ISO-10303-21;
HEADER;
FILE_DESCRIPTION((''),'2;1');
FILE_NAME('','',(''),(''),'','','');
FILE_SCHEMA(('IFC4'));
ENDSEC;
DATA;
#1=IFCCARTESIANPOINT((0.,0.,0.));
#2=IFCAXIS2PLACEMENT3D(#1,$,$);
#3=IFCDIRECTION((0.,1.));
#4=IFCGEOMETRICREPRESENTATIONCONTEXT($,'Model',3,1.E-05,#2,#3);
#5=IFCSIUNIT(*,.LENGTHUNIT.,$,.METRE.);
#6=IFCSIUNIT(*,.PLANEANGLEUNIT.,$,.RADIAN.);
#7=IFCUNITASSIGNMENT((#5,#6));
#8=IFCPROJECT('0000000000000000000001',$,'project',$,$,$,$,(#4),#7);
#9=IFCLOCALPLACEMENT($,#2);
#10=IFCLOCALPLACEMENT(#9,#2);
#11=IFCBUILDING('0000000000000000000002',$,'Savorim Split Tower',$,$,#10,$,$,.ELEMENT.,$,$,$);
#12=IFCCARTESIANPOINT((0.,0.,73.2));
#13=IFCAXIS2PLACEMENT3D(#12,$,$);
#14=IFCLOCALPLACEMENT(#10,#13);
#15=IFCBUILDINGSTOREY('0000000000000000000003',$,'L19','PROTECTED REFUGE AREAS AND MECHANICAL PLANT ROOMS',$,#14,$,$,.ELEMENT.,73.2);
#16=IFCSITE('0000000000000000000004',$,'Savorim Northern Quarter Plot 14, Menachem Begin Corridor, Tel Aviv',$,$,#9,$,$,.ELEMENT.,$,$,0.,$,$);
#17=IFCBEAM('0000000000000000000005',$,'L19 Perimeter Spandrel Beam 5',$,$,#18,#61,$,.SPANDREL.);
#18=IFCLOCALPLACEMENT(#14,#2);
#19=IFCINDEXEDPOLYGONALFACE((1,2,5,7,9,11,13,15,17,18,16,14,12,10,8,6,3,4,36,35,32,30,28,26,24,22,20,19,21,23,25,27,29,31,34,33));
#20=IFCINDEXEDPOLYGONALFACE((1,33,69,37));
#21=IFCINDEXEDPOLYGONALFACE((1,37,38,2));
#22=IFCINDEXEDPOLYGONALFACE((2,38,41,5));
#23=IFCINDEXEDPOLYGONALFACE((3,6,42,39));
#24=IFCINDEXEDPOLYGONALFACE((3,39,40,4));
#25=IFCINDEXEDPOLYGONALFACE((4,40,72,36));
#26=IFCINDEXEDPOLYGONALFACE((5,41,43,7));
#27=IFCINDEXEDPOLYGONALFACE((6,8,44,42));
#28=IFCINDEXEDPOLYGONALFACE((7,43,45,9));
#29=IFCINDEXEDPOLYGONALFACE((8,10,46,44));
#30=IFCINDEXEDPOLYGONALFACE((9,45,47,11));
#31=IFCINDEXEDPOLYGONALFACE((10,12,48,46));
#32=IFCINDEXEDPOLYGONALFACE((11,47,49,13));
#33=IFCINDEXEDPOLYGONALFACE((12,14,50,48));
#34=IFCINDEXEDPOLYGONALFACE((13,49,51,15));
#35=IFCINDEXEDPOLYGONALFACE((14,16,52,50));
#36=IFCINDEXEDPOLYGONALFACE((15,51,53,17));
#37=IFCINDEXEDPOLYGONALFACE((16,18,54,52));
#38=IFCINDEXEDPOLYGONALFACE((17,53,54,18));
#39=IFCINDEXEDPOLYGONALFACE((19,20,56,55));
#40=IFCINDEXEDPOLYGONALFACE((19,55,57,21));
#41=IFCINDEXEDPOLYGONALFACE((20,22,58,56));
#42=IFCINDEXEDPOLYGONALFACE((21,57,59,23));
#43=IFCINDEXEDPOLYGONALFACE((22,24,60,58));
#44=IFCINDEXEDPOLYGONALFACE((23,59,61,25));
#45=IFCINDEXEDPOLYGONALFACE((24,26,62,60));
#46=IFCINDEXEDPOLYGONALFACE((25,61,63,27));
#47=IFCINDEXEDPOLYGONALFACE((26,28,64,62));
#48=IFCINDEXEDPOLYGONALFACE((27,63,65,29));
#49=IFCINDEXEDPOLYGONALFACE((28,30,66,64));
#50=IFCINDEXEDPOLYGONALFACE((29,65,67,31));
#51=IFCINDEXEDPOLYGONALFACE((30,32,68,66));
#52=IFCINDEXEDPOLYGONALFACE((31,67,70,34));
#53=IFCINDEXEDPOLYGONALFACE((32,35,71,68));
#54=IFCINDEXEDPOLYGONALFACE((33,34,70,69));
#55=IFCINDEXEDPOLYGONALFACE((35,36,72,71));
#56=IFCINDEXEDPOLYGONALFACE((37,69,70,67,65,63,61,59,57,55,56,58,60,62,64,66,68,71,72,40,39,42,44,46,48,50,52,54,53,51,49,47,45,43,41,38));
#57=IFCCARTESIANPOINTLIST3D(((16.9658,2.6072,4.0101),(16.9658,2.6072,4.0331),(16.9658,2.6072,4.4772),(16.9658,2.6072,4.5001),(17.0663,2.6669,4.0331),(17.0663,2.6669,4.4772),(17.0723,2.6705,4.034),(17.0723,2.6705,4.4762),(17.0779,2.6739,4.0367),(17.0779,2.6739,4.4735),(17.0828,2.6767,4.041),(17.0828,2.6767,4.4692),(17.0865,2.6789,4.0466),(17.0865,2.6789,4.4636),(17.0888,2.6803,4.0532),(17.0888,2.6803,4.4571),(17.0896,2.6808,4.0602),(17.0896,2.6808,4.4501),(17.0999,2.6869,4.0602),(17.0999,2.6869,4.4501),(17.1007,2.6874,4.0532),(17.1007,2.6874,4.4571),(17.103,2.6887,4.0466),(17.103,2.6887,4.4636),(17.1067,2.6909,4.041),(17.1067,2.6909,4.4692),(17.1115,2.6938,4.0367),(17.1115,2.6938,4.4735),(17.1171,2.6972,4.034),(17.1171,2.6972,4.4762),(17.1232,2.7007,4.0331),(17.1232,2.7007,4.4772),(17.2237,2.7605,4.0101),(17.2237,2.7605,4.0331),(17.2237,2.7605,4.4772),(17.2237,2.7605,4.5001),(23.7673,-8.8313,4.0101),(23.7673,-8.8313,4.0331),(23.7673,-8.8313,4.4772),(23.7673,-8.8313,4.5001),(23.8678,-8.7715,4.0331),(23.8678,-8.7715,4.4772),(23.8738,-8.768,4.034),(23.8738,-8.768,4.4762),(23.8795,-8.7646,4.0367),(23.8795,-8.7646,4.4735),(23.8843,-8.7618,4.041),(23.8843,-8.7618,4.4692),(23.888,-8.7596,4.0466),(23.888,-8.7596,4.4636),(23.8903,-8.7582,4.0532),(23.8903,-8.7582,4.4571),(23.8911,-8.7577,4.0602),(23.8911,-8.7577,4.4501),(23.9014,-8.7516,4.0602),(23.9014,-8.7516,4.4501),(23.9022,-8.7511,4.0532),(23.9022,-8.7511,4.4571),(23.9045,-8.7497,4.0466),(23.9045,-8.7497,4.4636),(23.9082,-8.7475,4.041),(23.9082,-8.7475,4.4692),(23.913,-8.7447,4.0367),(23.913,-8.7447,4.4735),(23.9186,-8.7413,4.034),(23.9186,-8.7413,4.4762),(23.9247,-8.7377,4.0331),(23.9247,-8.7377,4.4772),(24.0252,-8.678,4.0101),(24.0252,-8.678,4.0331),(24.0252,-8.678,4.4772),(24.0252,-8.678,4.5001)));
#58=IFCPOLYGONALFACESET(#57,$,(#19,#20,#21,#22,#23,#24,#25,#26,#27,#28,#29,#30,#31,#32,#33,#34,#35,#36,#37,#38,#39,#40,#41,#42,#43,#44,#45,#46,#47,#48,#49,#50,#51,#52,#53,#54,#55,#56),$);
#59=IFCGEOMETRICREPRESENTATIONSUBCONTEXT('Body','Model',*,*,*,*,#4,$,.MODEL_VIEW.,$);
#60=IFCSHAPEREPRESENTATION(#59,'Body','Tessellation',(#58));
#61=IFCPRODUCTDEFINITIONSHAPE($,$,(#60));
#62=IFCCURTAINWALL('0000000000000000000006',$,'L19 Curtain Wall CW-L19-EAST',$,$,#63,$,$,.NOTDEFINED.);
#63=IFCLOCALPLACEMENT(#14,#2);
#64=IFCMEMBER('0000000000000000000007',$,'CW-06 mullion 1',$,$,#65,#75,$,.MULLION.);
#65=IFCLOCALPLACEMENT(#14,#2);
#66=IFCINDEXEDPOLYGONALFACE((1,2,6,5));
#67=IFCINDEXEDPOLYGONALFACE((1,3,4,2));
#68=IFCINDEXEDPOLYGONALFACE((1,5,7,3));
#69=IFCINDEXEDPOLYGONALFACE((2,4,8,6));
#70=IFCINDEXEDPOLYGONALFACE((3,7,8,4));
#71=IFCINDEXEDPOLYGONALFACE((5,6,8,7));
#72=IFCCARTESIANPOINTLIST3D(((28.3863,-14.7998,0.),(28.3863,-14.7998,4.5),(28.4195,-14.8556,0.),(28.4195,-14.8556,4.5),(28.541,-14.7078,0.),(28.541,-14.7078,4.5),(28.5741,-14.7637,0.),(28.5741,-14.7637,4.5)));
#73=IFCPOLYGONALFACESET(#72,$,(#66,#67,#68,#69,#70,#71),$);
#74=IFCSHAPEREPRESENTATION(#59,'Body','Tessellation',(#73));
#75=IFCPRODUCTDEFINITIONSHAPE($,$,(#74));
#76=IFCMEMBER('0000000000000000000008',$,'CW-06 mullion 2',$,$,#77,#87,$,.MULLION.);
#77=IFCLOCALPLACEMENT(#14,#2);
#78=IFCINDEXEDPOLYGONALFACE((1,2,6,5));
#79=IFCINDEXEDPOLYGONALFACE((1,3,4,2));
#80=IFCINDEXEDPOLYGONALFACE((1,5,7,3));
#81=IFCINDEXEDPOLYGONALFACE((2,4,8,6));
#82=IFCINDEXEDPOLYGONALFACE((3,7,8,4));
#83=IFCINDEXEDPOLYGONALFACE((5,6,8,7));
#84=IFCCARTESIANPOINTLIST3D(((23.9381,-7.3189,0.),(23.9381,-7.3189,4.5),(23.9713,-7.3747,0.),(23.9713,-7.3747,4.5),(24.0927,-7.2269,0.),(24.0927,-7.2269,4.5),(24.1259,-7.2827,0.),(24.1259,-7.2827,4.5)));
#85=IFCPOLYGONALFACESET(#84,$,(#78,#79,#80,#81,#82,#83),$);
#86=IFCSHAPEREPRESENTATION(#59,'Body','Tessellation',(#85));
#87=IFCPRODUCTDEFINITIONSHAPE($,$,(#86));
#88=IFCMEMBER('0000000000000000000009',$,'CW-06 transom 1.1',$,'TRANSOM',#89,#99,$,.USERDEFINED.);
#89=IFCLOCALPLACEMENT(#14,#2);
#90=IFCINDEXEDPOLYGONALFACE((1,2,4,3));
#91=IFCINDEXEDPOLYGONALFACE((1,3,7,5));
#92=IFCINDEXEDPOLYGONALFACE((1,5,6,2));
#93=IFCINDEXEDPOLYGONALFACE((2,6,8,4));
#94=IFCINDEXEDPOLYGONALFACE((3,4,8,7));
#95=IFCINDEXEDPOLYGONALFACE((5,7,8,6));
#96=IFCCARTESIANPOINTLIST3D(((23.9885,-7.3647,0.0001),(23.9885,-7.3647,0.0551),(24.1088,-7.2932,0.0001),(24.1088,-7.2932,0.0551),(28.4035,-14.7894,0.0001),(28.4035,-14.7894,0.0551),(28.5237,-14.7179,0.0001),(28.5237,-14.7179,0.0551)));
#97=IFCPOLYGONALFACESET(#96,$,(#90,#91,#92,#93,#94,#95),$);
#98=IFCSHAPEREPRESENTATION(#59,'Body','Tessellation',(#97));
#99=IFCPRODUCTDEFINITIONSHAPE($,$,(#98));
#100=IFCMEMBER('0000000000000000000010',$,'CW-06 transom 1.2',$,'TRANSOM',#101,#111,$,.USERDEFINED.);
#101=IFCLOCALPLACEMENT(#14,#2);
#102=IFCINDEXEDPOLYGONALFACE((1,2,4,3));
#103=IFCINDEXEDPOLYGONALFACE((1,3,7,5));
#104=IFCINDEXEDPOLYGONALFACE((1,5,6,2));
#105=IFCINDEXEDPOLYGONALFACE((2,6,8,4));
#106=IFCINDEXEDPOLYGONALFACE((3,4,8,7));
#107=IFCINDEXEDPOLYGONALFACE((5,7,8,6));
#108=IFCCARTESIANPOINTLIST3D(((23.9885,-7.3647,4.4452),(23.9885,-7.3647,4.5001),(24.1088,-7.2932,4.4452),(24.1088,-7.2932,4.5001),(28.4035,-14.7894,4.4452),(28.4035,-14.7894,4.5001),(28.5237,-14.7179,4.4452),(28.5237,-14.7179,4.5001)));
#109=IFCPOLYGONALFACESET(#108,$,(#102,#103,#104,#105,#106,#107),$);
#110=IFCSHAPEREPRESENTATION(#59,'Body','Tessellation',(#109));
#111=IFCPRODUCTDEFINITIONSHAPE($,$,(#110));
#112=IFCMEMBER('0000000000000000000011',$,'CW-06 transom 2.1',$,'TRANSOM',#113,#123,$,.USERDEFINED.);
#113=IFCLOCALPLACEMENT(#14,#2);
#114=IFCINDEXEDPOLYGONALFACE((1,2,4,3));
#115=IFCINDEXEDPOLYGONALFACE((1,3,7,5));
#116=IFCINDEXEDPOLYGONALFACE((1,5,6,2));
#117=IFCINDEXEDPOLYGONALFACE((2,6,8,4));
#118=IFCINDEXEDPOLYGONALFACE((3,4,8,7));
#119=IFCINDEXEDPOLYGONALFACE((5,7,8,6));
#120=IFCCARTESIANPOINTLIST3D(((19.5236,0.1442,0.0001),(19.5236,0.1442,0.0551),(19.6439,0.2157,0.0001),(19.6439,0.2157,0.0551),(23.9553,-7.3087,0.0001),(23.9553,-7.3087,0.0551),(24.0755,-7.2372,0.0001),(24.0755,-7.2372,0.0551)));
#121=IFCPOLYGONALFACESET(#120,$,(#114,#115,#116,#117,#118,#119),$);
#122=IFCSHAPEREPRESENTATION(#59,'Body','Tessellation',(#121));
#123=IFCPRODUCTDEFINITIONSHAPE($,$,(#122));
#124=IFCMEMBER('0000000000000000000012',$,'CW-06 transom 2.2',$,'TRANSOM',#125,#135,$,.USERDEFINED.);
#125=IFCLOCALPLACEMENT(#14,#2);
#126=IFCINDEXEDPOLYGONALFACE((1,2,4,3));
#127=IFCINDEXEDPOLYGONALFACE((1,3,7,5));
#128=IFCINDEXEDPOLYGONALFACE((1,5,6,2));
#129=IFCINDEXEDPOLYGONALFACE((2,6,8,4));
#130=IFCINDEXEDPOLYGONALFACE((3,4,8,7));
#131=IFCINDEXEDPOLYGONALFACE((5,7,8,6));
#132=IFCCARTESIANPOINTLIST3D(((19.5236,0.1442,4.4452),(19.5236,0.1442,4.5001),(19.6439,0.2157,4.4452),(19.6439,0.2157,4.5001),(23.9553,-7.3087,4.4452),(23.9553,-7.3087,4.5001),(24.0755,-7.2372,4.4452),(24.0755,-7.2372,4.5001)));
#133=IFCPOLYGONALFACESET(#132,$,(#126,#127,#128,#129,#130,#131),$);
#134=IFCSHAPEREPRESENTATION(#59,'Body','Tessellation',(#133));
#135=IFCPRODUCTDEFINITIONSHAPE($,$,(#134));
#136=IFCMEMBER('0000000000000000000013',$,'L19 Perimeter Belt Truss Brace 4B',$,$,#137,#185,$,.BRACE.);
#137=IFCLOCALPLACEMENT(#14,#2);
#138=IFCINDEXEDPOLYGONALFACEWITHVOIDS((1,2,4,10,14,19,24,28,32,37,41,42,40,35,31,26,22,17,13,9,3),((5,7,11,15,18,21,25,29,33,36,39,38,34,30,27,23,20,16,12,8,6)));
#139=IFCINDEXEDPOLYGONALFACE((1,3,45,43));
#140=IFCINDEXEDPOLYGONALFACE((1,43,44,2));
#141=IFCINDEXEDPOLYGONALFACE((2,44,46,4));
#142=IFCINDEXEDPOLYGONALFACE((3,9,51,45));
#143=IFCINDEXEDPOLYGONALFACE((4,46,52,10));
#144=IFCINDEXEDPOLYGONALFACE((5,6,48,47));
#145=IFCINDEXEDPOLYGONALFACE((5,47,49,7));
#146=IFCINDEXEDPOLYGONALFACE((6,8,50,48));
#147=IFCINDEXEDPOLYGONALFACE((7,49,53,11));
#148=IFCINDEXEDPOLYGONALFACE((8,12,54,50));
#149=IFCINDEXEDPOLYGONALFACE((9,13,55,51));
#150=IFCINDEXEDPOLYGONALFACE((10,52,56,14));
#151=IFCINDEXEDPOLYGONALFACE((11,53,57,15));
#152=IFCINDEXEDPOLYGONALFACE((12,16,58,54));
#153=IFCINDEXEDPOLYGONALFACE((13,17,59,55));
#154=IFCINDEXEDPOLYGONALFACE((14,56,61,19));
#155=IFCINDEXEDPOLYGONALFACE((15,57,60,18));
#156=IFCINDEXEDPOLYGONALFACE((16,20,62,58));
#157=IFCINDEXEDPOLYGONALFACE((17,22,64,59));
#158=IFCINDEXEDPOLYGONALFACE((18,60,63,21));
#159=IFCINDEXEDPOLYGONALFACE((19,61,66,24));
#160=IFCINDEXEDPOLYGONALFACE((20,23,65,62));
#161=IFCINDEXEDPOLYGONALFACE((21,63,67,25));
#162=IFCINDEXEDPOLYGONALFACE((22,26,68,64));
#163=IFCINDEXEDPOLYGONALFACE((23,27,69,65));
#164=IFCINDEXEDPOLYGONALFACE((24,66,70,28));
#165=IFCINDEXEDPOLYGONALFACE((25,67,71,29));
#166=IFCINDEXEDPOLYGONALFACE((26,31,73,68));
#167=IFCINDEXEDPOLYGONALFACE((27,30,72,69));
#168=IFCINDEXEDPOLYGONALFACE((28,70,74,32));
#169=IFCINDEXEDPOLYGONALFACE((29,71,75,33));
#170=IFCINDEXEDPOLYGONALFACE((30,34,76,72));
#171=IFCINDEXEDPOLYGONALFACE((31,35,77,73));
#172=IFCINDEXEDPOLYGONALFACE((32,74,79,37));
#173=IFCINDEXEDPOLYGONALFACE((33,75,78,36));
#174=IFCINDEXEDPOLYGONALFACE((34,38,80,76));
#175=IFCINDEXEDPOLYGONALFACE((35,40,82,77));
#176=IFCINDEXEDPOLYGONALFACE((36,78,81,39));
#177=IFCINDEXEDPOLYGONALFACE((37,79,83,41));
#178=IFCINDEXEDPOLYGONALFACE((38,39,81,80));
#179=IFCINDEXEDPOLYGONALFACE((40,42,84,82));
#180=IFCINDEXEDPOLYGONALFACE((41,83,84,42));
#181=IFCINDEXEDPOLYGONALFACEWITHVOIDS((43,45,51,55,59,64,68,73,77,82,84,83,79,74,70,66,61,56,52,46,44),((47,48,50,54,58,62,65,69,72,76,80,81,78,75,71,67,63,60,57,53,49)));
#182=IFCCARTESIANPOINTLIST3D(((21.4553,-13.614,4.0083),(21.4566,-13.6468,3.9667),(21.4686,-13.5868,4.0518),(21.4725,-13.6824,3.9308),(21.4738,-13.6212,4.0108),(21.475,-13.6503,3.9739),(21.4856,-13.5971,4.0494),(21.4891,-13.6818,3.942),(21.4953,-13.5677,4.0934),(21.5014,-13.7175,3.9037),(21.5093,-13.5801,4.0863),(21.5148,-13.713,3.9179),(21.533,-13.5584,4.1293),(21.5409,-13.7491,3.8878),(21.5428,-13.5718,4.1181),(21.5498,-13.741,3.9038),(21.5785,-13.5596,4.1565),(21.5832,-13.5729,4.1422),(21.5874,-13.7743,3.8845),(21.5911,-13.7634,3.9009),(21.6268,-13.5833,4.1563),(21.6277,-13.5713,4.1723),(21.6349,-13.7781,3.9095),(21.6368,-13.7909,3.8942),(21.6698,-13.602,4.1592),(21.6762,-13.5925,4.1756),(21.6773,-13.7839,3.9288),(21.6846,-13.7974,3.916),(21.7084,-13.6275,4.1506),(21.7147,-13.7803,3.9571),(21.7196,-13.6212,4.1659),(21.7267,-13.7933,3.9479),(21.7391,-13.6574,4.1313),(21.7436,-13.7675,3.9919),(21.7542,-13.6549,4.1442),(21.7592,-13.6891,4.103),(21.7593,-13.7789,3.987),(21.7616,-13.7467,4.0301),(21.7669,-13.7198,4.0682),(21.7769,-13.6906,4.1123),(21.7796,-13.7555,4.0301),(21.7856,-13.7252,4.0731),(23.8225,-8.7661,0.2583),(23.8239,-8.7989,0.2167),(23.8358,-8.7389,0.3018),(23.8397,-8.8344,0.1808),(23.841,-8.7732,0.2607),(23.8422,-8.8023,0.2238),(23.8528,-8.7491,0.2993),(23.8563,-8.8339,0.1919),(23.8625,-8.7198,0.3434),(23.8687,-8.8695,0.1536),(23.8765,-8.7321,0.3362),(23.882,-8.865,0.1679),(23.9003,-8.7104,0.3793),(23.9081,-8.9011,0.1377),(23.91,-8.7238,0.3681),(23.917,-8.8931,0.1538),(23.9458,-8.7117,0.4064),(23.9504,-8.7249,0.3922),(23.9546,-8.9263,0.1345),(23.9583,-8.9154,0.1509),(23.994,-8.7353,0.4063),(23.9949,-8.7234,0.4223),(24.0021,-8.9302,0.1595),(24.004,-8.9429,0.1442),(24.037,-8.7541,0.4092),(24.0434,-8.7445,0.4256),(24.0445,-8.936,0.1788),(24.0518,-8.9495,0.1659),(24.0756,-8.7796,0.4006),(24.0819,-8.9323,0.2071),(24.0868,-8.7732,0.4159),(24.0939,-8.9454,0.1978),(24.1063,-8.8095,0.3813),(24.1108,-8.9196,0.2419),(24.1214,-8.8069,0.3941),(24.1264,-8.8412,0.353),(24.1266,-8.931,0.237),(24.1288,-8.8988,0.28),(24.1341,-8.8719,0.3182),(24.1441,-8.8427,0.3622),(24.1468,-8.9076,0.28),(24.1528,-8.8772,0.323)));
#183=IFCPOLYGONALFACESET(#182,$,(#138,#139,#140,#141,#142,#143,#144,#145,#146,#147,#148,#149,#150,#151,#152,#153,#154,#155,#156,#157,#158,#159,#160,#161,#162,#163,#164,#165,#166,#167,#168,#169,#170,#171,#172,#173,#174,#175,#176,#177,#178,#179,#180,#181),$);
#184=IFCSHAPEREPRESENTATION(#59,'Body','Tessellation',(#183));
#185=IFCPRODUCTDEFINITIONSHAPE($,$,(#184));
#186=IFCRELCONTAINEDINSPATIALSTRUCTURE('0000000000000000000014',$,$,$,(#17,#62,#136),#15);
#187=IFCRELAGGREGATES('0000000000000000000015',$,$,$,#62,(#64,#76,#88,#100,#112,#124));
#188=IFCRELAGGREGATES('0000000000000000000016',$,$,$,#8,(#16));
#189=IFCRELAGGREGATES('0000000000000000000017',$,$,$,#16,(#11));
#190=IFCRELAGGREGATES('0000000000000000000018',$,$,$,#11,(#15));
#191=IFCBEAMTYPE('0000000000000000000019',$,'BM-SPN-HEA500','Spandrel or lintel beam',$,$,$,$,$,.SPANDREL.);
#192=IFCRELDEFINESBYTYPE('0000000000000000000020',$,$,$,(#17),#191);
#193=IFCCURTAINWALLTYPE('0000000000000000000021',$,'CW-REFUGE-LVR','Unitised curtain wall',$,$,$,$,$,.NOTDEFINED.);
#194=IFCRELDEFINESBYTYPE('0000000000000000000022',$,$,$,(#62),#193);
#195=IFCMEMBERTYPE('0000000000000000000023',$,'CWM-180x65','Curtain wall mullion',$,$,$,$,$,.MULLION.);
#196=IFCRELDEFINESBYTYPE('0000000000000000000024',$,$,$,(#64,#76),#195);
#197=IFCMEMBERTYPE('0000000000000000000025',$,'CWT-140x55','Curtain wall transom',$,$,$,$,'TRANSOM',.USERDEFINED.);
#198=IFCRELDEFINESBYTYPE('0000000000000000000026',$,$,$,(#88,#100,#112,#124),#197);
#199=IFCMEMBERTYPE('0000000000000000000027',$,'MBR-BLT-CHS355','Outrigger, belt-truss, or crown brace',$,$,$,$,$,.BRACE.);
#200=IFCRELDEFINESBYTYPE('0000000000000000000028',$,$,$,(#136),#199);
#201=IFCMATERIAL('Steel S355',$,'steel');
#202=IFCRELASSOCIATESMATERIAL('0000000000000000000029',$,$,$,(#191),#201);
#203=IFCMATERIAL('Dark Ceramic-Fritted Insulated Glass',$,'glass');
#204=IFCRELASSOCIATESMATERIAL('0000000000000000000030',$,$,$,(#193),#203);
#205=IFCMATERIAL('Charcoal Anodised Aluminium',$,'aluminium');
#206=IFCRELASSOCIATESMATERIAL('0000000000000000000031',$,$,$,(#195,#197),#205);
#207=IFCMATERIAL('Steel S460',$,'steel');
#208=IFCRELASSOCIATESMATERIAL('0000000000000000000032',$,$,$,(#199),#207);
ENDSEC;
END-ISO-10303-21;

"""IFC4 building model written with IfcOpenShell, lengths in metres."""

from ifc_helpers import new_model, si_unit, direction, frame, origin, origin_2d, place, context, subcontext, project, spatial, rectangle, hollow_circle, i_section, extrude, material, material_profile, profile_set, type_object, element, aggregate, save


model = new_model("IFC4")

# Units and contexts
model_context = context("Model", 3, precision=1e-05, world=origin(), true_north=direction((0.0, 1.0)))
body_context = subcontext(model_context, "Body", "Model", "MODEL_VIEW")
ifc_project = project(units=[si_unit("LENGTHUNIT", "METRE"), si_unit("PLANEANGLEUNIT", "RADIAN")], contexts=[model_context])

# Site, building, storey
site_placement = place(None, origin())
site = spatial("IfcSite", under=ifc_project, at=site_placement, Name="Savorim Northern Quarter Plot 14, Menachem Begin Corridor, Tel Aviv", CompositionType="ELEMENT", RefElevation=0.0)
building_placement = place(site_placement, origin())
building = spatial("IfcBuilding", under=site, at=building_placement, Name="Savorim Split Tower", CompositionType="ELEMENT")
storey_placement = place(building_placement, frame((0.0, 0.0, 73.2)))
storey = spatial("IfcBuildingStorey", under=building, at=storey_placement, Name="L19", Description="PROTECTED REFUGE AREAS AND MECHANICAL PLANT ROOMS", CompositionType="ELEMENT", Elevation=73.2)

# Shared definitions
ifc_material_1 = material(Name="Steel S460", Category="steel")

# Beam
ifc_material_2 = material(Name="Steel S355", Category="steel")
ifc_material_profile_1 = material_profile(ifc_material_2, i_section(OverallWidth=0.3, OverallDepth=0.49, WebThickness=0.012, FlangeThickness=0.0229, FilletRadius=0.0271, at=origin_2d()), Name="HEA 500")
ifc_profile_set_1 = profile_set([ifc_material_profile_1], Name="Steel S355")
beam_type_1 = type_object("IfcBeamType", Name="BM-SPN-HEA500", Description="Spandrel or lintel beam", PredefinedType="SPANDREL", material=ifc_profile_set_1)
beam_1_placement = place(storey_placement, frame((23.8962, -8.7546, 4.2551), z_axis=(-0.51109, 0.859527, 0.0), x_axis=(-0.859527, -0.51109, 0.0)))
element("IfcBeam", 1, at=beam_1_placement, inside=storey, type_object=beam_type_1, Name="L19 Perimeter Spandrel Beam 5", PredefinedType="SPANDREL", context=body_context, shape_type="SweptSolid", body=[
    extrude(i_section(OverallWidth=0.3, OverallDepth=0.49, WebThickness=0.012, FlangeThickness=0.0229, FilletRadius=0.0271, at=origin_2d()), origin(), (0.0, 0.0, 1.0), 13.3079),
])

# Curtain wall, members
ifc_material_3 = material(Name="Dark Ceramic-Fritted Insulated Glass", Category="glass")
curtain_wall_type = type_object("IfcCurtainWallType", Name="CW-REFUGE-LVR", Description="Unitised curtain wall", PredefinedType="NOTDEFINED", material=ifc_material_3)
curtain_wall_placement = place(storey_placement, origin())
curtain_wall = element("IfcCurtainWall", 2, at=curtain_wall_placement, inside=storey, type_object=curtain_wall_type, Name="L19 Curtain Wall CW-L19-EAST", PredefinedType="NOTDEFINED")
ifc_material_4 = material(Name="Charcoal Anodised Aluminium", Category="aluminium")
ifc_material_profile_2 = material_profile(ifc_material_4, rectangle(XDim=0.1799, YDim=0.0649, at=origin_2d()), Name="ALU-M 180x65")
ifc_profile_set_2 = profile_set([ifc_material_profile_2], Name="Charcoal Anodised Aluminium")
member_type_1 = type_object("IfcMemberType", Name="CWM-180x65", Description="Curtain wall mullion", PredefinedType="MULLION", material=ifc_profile_set_2)
member_1_placement = place(storey_placement, frame((28.4802, -14.7817, 0.0), z_axis=(0.0, 0.0, 1.0), x_axis=(-0.859525, -0.511093, 0.0)))
member_1 = element("IfcMember", 3, at=member_1_placement, type_object=member_type_1, Name="CW-06 mullion 1", PredefinedType="MULLION", context=body_context, shape_type="SweptSolid", body=[
    extrude(rectangle(XDim=0.1799, YDim=0.0649, at=origin_2d()), origin(), (0.0, 0.0, 1.0), 4.5),
])
member_2_placement = place(storey_placement, frame((24.032, -7.3008, 0.0), z_axis=(0.0, 0.0, 1.0), x_axis=(-0.859525, -0.511093, 0.0)))
member_2 = element("IfcMember", 4, at=member_2_placement, type_object=member_type_1, Name="CW-06 mullion 2", PredefinedType="MULLION", context=body_context, shape_type="SweptSolid", body=[
    extrude(rectangle(XDim=0.1799, YDim=0.0649, at=origin_2d()), origin(), (0.0, 0.0, 1.0), 4.5),
])
ifc_material_profile_3 = material_profile(ifc_material_4, rectangle(XDim=0.1399, YDim=0.0549, at=origin_2d()), Name="ALU-T 140x55")
ifc_profile_set_3 = profile_set([ifc_material_profile_3], Name="Charcoal Anodised Aluminium")
member_type_2 = type_object("IfcMemberType", Name="CWT-140x55", Description="Curtain wall transom", ElementType="TRANSOM", PredefinedType="USERDEFINED", material=ifc_profile_set_3)
member_3_placement = place(storey_placement, frame((28.4636, -14.7537, 0.0276), z_axis=(-0.5111, 0.859521, 0.0), x_axis=(-0.859521, -0.5111, 0.0)))
member_3 = element("IfcMember", 5, at=member_3_placement, type_object=member_type_2, Name="CW-06 transom 1.1", ObjectType="TRANSOM", PredefinedType="USERDEFINED", context=body_context, shape_type="SweptSolid", body=[
    extrude(rectangle(XDim=0.1399, YDim=0.0549, at=origin_2d()), origin(), (0.0, 0.0, 1.0), 8.6382),
])
member_4_placement = place(storey_placement, frame((28.4636, -14.7537, 4.4727), z_axis=(-0.5111, 0.859521, 0.0), x_axis=(-0.859521, -0.5111, 0.0)))
member_4 = element("IfcMember", 6, at=member_4_placement, type_object=member_type_2, Name="CW-06 transom 1.2", ObjectType="TRANSOM", PredefinedType="USERDEFINED", context=body_context, shape_type="SweptSolid", body=[
    extrude(rectangle(XDim=0.1399, YDim=0.0549, at=origin_2d()), origin(), (0.0, 0.0, 1.0), 8.6382),
])
member_5_placement = place(storey_placement, frame((24.0154, -7.2729, 0.0276), z_axis=(-0.511092, 0.859526, 0.0), x_axis=(-0.859526, -0.511092, 0.0)))
member_5 = element("IfcMember", 7, at=member_5_placement, type_object=member_type_2, Name="CW-06 transom 2.1", ObjectType="TRANSOM", PredefinedType="USERDEFINED", context=body_context, shape_type="SweptSolid", body=[
    extrude(rectangle(XDim=0.1399, YDim=0.0549, at=origin_2d()), origin(), (0.0, 0.0, 1.0), 8.6709),
])
member_6_placement = place(storey_placement, frame((24.0154, -7.2729, 4.4727), z_axis=(-0.511092, 0.859526, 0.0), x_axis=(-0.859526, -0.511092, 0.0)))
member_6 = element("IfcMember", 8, at=member_6_placement, type_object=member_type_2, Name="CW-06 transom 2.2", ObjectType="TRANSOM", PredefinedType="USERDEFINED", context=body_context, shape_type="SweptSolid", body=[
    extrude(rectangle(XDim=0.1399, YDim=0.0549, at=origin_2d()), origin(), (0.0, 0.0, 1.0), 8.6709),
])

# Member
ifc_material_profile_4 = material_profile(ifc_material_1, hollow_circle(Radius=0.1777, WallThickness=0.02, at=origin_2d()), Name="CHS 355.6x20")
ifc_profile_set_4 = profile_set([ifc_material_profile_4], Name="Steel S460")
member_type_3 = type_object("IfcMemberType", Name="MBR-BLT-CHS355", Description="Outrigger, belt-truss, or crown brace", PredefinedType="BRACE", material=ifc_profile_set_4)
member_7_placement = place(storey_placement, frame((23.9871, -8.8296, 0.28), z_axis=(-0.360289, -0.737856, 0.570754), x_axis=(0.898596, -0.438777, 0.0)))
element("IfcMember", 9, at=member_7_placement, inside=storey, type_object=member_type_3, Name="L19 Perimeter Belt Truss Brace 4B", PredefinedType="BRACE", context=body_context, shape_type="SweptSolid", body=[
    extrude(hollow_circle(Radius=0.1777, WallThickness=0.02, at=origin_2d()), origin(), (0.0, 0.0, 1.0), 6.5703),
])

aggregate(curtain_wall, [member_1, member_2, member_3, member_4, member_5, member_6])

save(model, "model.ifc")
